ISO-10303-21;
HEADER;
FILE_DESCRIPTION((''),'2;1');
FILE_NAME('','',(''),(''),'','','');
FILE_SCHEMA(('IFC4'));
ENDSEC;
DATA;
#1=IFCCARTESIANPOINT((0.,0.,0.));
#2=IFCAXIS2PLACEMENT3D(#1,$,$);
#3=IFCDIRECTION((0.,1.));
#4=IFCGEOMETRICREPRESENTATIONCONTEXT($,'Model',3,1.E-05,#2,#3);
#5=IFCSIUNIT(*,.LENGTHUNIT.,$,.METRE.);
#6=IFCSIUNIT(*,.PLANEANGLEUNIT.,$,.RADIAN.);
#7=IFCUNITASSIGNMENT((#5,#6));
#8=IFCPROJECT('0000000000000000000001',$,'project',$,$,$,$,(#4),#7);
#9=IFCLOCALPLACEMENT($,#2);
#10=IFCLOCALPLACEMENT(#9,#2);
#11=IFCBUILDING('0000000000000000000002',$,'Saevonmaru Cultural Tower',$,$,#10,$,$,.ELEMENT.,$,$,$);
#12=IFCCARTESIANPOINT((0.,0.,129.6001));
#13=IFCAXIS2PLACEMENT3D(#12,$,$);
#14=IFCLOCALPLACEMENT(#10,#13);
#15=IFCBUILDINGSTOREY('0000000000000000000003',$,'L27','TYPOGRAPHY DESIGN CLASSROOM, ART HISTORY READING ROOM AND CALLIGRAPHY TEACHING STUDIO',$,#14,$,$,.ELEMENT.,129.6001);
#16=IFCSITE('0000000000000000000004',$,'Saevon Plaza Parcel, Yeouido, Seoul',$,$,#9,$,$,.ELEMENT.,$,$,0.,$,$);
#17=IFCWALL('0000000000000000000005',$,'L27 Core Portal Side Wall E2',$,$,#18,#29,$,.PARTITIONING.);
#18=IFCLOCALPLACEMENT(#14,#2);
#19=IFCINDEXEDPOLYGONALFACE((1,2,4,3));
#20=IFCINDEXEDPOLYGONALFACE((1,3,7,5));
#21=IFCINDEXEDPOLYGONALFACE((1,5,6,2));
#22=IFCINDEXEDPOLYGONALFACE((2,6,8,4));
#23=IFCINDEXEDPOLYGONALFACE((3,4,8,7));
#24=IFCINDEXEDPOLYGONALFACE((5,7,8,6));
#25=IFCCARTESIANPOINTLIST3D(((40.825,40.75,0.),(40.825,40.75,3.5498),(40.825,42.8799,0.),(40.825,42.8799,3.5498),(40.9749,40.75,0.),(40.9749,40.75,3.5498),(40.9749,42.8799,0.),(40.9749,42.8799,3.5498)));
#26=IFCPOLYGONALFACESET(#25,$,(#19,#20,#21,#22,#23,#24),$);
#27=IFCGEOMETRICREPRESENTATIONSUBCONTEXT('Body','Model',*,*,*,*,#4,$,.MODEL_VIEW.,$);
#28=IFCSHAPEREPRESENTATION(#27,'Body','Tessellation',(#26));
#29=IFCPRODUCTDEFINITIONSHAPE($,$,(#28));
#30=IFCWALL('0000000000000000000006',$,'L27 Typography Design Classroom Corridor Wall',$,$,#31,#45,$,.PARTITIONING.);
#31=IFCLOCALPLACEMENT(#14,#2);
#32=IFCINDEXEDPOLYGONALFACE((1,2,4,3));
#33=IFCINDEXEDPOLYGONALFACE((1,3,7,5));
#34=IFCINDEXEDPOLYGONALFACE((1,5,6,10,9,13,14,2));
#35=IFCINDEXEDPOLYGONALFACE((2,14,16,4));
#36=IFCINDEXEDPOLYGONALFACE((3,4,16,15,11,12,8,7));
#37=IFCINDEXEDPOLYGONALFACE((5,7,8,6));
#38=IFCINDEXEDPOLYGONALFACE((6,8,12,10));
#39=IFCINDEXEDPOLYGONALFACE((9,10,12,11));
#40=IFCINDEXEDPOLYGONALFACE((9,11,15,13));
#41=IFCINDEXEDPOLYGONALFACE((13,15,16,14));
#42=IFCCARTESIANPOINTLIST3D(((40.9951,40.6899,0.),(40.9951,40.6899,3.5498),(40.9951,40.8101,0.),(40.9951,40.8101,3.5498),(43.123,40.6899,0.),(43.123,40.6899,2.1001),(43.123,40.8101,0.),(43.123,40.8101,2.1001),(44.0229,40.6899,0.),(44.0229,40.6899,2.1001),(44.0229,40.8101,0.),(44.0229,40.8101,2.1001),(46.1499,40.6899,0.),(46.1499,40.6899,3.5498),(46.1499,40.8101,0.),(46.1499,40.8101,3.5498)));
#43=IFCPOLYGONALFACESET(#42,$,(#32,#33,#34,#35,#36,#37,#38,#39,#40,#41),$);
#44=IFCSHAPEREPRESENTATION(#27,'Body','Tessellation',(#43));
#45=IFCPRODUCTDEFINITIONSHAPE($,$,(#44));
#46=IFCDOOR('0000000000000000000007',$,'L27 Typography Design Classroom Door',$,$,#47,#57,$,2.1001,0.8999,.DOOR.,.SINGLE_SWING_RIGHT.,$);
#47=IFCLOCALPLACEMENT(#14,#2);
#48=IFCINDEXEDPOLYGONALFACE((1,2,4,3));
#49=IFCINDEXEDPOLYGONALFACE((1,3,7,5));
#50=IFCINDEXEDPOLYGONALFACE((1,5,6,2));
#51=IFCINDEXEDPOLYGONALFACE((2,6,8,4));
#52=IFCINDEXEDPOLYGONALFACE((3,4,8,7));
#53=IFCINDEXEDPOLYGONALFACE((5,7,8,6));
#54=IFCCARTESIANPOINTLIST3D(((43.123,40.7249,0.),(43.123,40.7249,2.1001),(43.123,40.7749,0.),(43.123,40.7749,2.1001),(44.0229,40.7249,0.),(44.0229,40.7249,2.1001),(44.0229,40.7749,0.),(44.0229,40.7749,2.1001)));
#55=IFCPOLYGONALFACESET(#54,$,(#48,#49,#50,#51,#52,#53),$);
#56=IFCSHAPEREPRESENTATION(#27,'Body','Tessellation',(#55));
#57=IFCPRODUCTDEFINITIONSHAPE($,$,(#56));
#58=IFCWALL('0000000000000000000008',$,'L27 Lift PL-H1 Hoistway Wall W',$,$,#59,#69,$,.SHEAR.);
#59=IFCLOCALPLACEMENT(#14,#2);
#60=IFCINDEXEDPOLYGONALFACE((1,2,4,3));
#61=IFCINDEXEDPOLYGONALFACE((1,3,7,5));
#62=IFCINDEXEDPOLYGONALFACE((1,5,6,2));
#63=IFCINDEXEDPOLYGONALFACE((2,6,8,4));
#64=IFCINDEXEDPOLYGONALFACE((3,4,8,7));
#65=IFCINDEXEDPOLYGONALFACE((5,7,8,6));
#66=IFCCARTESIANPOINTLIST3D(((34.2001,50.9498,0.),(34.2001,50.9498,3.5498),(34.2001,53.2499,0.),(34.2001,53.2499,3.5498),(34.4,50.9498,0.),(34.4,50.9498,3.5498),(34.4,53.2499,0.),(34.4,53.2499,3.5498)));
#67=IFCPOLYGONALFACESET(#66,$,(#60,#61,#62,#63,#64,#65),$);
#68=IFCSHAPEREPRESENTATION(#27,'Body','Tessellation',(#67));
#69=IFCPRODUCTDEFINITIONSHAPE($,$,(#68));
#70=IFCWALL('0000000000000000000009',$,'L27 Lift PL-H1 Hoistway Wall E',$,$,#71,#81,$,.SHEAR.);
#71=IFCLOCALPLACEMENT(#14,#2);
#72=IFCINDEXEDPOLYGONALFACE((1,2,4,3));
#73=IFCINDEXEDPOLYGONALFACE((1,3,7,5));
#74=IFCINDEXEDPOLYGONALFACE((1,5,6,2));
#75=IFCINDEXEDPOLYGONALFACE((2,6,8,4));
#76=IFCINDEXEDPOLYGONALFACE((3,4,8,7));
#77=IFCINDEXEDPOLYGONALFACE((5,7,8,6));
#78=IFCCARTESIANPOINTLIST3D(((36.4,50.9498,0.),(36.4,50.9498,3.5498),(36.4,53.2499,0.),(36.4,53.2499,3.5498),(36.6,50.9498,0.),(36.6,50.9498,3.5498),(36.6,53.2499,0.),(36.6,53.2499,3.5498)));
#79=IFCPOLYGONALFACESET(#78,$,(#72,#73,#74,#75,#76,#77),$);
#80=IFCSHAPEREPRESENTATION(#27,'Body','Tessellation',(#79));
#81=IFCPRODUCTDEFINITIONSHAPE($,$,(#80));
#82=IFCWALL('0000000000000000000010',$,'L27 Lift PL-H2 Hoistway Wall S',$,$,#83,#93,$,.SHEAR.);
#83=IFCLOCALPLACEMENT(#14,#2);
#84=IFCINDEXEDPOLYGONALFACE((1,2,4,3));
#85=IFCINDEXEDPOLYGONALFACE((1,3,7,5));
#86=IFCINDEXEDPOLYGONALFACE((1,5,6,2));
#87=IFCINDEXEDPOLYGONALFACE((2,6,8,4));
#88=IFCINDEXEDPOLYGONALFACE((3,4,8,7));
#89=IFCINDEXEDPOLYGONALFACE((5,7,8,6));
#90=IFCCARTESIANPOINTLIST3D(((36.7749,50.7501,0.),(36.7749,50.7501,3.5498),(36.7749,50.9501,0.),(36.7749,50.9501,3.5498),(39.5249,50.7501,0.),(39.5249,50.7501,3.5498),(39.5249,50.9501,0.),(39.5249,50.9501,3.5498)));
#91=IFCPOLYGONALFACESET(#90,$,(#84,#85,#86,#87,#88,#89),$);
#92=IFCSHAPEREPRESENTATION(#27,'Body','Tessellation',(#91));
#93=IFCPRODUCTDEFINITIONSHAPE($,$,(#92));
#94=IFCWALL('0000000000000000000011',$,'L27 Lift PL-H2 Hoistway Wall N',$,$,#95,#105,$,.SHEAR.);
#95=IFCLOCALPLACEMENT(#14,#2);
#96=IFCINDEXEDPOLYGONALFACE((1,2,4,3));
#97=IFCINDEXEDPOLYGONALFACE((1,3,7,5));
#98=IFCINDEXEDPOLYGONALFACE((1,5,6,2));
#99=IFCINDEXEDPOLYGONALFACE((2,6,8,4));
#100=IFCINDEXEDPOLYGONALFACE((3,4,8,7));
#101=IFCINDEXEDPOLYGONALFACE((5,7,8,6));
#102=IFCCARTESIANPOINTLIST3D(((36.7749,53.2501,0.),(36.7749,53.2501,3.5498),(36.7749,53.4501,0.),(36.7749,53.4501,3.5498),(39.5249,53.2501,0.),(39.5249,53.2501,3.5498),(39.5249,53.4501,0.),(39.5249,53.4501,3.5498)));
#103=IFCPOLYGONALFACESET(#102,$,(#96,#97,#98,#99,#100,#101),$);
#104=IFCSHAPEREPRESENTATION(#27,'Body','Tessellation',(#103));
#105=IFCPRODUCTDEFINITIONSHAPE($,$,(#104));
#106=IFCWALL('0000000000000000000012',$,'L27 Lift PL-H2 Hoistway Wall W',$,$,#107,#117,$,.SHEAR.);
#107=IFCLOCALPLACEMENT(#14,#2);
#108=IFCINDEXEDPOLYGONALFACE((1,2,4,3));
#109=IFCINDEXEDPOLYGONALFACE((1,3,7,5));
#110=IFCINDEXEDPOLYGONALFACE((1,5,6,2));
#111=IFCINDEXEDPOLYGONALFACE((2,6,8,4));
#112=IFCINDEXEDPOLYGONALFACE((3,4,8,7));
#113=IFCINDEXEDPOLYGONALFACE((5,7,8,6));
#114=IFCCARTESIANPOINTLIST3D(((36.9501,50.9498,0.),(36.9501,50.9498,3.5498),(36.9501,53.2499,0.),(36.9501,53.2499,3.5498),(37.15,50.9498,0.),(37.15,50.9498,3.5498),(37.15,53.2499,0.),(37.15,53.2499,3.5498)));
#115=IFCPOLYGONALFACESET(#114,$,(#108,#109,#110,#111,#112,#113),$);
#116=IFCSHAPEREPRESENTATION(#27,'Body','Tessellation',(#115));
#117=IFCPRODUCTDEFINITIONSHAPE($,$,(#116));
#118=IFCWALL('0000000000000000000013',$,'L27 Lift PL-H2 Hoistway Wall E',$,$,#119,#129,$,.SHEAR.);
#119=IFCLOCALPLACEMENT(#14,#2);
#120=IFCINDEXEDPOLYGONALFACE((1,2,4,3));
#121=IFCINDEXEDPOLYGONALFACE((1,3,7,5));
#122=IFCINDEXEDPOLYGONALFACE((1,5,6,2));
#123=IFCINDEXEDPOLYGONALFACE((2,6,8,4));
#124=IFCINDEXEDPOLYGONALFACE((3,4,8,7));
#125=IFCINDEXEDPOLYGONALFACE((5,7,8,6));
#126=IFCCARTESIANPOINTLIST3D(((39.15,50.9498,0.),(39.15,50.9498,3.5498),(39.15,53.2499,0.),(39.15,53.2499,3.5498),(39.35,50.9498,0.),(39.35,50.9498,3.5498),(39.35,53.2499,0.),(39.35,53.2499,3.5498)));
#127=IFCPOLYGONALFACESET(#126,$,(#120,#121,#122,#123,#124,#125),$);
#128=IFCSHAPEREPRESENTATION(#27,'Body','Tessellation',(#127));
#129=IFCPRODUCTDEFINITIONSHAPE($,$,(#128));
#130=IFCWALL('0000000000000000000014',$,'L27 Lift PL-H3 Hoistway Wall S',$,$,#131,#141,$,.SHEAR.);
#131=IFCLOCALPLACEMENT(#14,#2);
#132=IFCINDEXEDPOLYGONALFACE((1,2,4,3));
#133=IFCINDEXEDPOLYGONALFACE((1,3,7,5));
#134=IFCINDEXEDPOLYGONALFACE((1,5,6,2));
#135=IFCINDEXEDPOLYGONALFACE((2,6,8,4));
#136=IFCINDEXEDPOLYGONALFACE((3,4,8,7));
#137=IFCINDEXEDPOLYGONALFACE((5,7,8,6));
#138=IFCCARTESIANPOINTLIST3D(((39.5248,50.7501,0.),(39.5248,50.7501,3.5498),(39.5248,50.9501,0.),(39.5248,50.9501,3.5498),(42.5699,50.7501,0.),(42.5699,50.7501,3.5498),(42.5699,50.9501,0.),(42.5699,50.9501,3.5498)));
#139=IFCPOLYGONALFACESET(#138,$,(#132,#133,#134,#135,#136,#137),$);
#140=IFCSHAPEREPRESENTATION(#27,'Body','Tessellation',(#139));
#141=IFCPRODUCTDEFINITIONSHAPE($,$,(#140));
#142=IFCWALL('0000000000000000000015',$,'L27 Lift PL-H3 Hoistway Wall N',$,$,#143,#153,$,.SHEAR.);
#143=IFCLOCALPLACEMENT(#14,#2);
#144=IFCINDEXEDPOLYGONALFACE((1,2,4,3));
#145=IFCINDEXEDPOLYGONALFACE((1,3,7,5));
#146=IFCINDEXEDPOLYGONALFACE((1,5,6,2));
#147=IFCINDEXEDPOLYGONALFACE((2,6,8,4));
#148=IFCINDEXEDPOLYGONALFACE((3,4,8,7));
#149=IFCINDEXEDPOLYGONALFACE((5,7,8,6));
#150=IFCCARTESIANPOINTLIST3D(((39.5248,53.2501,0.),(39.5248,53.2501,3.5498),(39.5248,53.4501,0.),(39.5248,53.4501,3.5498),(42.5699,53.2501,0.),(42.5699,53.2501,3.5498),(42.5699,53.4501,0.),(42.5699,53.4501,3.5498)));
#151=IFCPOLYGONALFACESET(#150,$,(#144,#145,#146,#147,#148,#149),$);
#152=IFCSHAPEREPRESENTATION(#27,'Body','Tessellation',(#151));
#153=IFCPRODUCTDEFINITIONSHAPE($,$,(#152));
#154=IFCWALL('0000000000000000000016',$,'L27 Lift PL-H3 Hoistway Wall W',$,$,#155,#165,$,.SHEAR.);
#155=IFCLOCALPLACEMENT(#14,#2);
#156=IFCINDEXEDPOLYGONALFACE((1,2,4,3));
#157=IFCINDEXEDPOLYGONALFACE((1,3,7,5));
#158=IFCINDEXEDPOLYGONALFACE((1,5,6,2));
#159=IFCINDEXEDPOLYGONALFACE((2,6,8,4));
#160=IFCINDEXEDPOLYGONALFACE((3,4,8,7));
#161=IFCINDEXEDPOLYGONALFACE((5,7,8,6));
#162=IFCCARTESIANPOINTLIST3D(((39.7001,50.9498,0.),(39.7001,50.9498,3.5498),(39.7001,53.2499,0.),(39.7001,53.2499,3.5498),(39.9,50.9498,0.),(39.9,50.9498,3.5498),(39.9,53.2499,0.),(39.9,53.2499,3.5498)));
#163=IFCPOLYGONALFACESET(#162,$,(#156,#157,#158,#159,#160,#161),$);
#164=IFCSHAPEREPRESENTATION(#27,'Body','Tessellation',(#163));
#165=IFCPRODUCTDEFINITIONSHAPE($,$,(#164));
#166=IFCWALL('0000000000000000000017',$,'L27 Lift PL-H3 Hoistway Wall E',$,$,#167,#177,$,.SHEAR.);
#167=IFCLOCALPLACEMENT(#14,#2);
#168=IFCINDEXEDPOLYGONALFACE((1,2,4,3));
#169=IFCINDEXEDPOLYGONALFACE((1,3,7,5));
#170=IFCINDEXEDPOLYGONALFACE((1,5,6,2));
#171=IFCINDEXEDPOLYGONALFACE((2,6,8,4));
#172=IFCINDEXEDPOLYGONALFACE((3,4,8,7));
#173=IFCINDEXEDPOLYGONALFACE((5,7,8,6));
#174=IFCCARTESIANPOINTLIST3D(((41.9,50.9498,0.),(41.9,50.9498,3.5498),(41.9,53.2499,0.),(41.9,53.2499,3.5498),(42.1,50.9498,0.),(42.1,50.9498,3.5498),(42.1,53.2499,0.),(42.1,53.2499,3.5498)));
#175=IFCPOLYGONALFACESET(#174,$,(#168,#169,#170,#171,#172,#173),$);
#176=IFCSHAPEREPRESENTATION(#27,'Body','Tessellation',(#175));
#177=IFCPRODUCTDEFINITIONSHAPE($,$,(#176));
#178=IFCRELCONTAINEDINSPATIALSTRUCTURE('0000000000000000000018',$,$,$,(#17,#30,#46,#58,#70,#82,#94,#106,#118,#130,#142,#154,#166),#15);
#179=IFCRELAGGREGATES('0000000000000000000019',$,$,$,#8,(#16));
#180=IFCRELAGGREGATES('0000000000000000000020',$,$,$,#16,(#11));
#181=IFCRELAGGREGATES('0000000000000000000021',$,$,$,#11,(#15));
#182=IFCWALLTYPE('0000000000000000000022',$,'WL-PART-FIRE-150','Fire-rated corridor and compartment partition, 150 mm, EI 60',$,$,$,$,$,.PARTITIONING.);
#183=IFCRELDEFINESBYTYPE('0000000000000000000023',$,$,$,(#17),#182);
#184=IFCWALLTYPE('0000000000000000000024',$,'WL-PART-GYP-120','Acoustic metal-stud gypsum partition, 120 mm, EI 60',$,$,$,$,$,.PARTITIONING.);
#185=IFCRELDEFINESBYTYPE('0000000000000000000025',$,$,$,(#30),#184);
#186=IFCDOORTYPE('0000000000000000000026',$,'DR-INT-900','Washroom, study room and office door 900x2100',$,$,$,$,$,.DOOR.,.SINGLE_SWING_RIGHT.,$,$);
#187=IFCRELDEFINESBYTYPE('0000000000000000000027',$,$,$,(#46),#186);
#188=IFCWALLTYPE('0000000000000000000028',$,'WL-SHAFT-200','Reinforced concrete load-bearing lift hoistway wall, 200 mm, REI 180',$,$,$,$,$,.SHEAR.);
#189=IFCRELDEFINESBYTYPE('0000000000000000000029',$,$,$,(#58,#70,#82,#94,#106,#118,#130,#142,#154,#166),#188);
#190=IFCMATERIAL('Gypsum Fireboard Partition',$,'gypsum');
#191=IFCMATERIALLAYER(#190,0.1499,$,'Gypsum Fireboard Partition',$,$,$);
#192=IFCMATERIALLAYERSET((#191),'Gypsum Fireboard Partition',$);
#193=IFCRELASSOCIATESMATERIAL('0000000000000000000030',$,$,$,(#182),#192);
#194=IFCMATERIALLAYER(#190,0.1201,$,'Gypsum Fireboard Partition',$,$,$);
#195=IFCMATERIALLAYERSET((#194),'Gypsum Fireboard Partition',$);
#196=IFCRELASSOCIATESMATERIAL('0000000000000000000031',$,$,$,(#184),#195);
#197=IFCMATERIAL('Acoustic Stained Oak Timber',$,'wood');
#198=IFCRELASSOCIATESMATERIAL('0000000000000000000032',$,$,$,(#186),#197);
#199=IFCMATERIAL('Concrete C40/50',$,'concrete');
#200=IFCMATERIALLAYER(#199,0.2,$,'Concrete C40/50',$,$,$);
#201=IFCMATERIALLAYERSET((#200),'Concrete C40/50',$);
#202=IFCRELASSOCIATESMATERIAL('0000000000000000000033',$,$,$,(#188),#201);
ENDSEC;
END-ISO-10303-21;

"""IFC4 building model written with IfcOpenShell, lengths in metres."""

from ifc_helpers import new_model, si_unit, direction, frame, frame_2d, origin, place, context, subcontext, project, spatial, rectangle, extrude, material, layer, layer_set, type_object, element, fill, save


model = new_model("IFC4")

# Units and contexts
model_context = context("Model", 3, precision=1e-05, world=origin(), true_north=direction((0.0, 1.0)))
body_context = subcontext(model_context, "Body", "Model", "MODEL_VIEW")
ifc_project = project(units=[si_unit("LENGTHUNIT", "METRE"), si_unit("PLANEANGLEUNIT", "RADIAN")], contexts=[model_context])

# Site, building, storey
site_placement = place(None, origin())
site = spatial("IfcSite", under=ifc_project, at=site_placement, Name="Saevon Plaza Parcel, Yeouido, Seoul", CompositionType="ELEMENT", RefElevation=0.0)
building_placement = place(site_placement, origin())
building = spatial("IfcBuilding", under=site, at=building_placement, Name="Saevonmaru Cultural Tower", CompositionType="ELEMENT")
storey_placement = place(building_placement, frame((0.0, 0.0, 129.6001)))
storey = spatial("IfcBuildingStorey", under=building, at=storey_placement, Name="L27", Description="TYPOGRAPHY DESIGN CLASSROOM, ART HISTORY READING ROOM AND CALLIGRAPHY TEACHING STUDIO", CompositionType="ELEMENT", Elevation=129.6001)

# Wall
ifc_material_1 = material(Name="Gypsum Fireboard Partition", Category="gypsum")
ifc_layer_1 = layer(ifc_material_1, 0.1499, Name="Gypsum Fireboard Partition")
ifc_layer_set_1 = layer_set([ifc_layer_1], Name="Gypsum Fireboard Partition")
wall_type_1 = type_object("IfcWallType", Name="WL-PART-FIRE-150", Description="Fire-rated corridor and compartment partition, 150 mm, EI 60", PredefinedType="PARTITIONING", material=ifc_layer_set_1)
for number, where, z_axis, x_axis, name in (
    (1, (40.8999, 40.75, 0.0), (0.0, 0.0, 1.0), (0.0, 1.0, 0.0), "L27 Core Portal Side Wall E2"),
):
    element("IfcWall", number, at=place(storey_placement, frame(where, z_axis=z_axis, x_axis=x_axis)), inside=storey, type_object=wall_type_1, Name=name, PredefinedType="PARTITIONING", context=body_context, shape_type="SweptSolid", body=[
        extrude(rectangle(XDim=2.1299, YDim=0.1499, at=frame_2d((1.0649, 0.0))), origin(), (0.0, 0.0, 1.0), 3.5498),
    ])

# Wall, opening, door
ifc_layer_2 = layer(ifc_material_1, 0.1201, Name="Gypsum Fireboard Partition")
ifc_layer_set_2 = layer_set([ifc_layer_2], Name="Gypsum Fireboard Partition")
wall_type_2 = type_object("IfcWallType", Name="WL-PART-GYP-120", Description="Acoustic metal-stud gypsum partition, 120 mm, EI 60", PredefinedType="PARTITIONING", material=ifc_layer_set_2)
wall_1_placement = place(storey_placement, frame((40.9951, 40.75, 0.0), z_axis=(0.0, 0.0, 1.0), x_axis=(1.0, 0.0, 0.0)))
wall_1 = element("IfcWall", 2, at=wall_1_placement, inside=storey, type_object=wall_type_2, Name="L27 Typography Design Classroom Corridor Wall", PredefinedType="PARTITIONING", context=body_context, shape_type="SweptSolid", body=[
    extrude(rectangle(XDim=5.1548, YDim=0.1201, at=frame_2d((2.5774, 0.0))), origin(), (0.0, 0.0, 1.0), 3.5498),
])
opening_1_placement = place(wall_1_placement, frame((2.1279, 0.0, 0.0)))
opening_1 = element("IfcOpeningElement", 3, at=opening_1_placement, cuts=wall_1, PredefinedType="OPENING", context=body_context, shape_type="SweptSolid", body=[
    extrude(rectangle(XDim=0.8999, YDim=2.1001, at=frame_2d((0.45, 1.05))), frame((0.0, 0.0701, 0.0), z_axis=(0.0, -1.0, 0.0), x_axis=(1.0, 0.0, 0.0)), (0.0, 0.0, 1.0), 0.1401),
])
ifc_material_2 = material(Name="Acoustic Stained Oak Timber", Category="wood")
door_type_1 = type_object("IfcDoorType", Name="DR-INT-900", Description="Washroom, study room and office door 900x2100", OperationType="SINGLE_SWING_RIGHT", PredefinedType="DOOR", material=ifc_material_2)
door_1_placement = place(opening_1_placement, origin())
door_1 = element("IfcDoor", 4, at=door_1_placement, inside=storey, type_object=door_type_1, Name="L27 Typography Design Classroom Door", OperationType="SINGLE_SWING_RIGHT", OverallHeight=2.1001, OverallWidth=0.8999, PredefinedType="DOOR", context=body_context, shape_type="SweptSolid", body=[
    extrude(rectangle(XDim=0.8999, YDim=2.1001, at=frame_2d((0.45, 1.05))), frame((0.0, 0.0249, 0.0), z_axis=(0.0, -1.0, 0.0), x_axis=(1.0, 0.0, 0.0)), (0.0, 0.0, 1.0), 0.05),
])
fill(opening_1, door_1)

# Walls
ifc_material_3 = material(Name="Concrete C40/50", Category="concrete")
ifc_layer_3 = layer(ifc_material_3, 0.2, Name="Concrete C40/50")
ifc_layer_set_3 = layer_set([ifc_layer_3], Name="Concrete C40/50")
wall_type_3 = type_object("IfcWallType", Name="WL-SHAFT-200", Description="Reinforced concrete load-bearing lift hoistway wall, 200 mm, REI 180", PredefinedType="SHEAR", material=ifc_layer_set_3)
for number, where, z_axis, x_axis, name in (
    (5, (34.3, 50.95, 0.0), (0.0, 0.0, 1.0), (0.0, 1.0, 0.0), "L27 Lift PL-H1 Hoistway Wall W"),
    (6, (36.5, 50.95, 0.0), (0.0, 0.0, 1.0), (0.0, 1.0, 0.0), "L27 Lift PL-H1 Hoistway Wall E"),
):
    element("IfcWall", number, at=place(storey_placement, frame(where, z_axis=z_axis, x_axis=x_axis)), inside=storey, type_object=wall_type_3, Name=name, PredefinedType="SHEAR", context=body_context, shape_type="SweptSolid", body=[
        extrude(rectangle(XDim=2.3, YDim=0.2, at=frame_2d((1.1499, 0.0))), origin(), (0.0, 0.0, 1.0), 3.5498),
    ])
for number, where, z_axis, x_axis, name in (
    (7, (36.7749, 50.8501, 0.0), (0.0, 0.0, 1.0), (1.0, 0.0, 0.0), "L27 Lift PL-H2 Hoistway Wall S"),
    (8, (36.7749, 53.3501, 0.0), (0.0, 0.0, 1.0), (1.0, 0.0, 0.0), "L27 Lift PL-H2 Hoistway Wall N"),
):
    element("IfcWall", number, at=place(storey_placement, frame(where, z_axis=z_axis, x_axis=x_axis)), inside=storey, type_object=wall_type_3, Name=name, PredefinedType="SHEAR", context=body_context, shape_type="SweptSolid", body=[
        extrude(rectangle(XDim=2.75, YDim=0.2, at=frame_2d((1.375, 0.0))), origin(), (0.0, 0.0, 1.0), 3.5498),
    ])
for number, where, z_axis, x_axis, name in (
    (9, (37.05, 50.95, 0.0), (0.0, 0.0, 1.0), (0.0, 1.0, 0.0), "L27 Lift PL-H2 Hoistway Wall W"),
    (10, (39.25, 50.95, 0.0), (0.0, 0.0, 1.0), (0.0, 1.0, 0.0), "L27 Lift PL-H2 Hoistway Wall E"),
):
    element("IfcWall", number, at=place(storey_placement, frame(where, z_axis=z_axis, x_axis=x_axis)), inside=storey, type_object=wall_type_3, Name=name, PredefinedType="SHEAR", context=body_context, shape_type="SweptSolid", body=[
        extrude(rectangle(XDim=2.3, YDim=0.2, at=frame_2d((1.1499, 0.0))), origin(), (0.0, 0.0, 1.0), 3.5498),
    ])
for number, where, z_axis, x_axis, name in (
    (11, (39.5249, 50.8501, 0.0), (0.0, 0.0, 1.0), (1.0, 0.0, 0.0), "L27 Lift PL-H3 Hoistway Wall S"),
    (12, (39.5249, 53.3501, 0.0), (0.0, 0.0, 1.0), (1.0, 0.0, 0.0), "L27 Lift PL-H3 Hoistway Wall N"),
):
    element("IfcWall", number, at=place(storey_placement, frame(where, z_axis=z_axis, x_axis=x_axis)), inside=storey, type_object=wall_type_3, Name=name, PredefinedType="SHEAR", context=body_context, shape_type="SweptSolid", body=[
        extrude(rectangle(XDim=3.0452, YDim=0.2, at=frame_2d((1.5225, 0.0))), origin(), (0.0, 0.0, 1.0), 3.5498),
    ])
for number, where, z_axis, x_axis, name in (
    (13, (39.8, 50.95, 0.0), (0.0, 0.0, 1.0), (0.0, 1.0, 0.0), "L27 Lift PL-H3 Hoistway Wall W"),
    (14, (42.0, 50.95, 0.0), (0.0, 0.0, 1.0), (0.0, 1.0, 0.0), "L27 Lift PL-H3 Hoistway Wall E"),
):
    element("IfcWall", number, at=place(storey_placement, frame(where, z_axis=z_axis, x_axis=x_axis)), inside=storey, type_object=wall_type_3, Name=name, PredefinedType="SHEAR", context=body_context, shape_type="SweptSolid", body=[
        extrude(rectangle(XDim=2.3, YDim=0.2, at=frame_2d((1.1499, 0.0))), origin(), (0.0, 0.0, 1.0), 3.5498),
    ])

save(model, "model.ifc")
